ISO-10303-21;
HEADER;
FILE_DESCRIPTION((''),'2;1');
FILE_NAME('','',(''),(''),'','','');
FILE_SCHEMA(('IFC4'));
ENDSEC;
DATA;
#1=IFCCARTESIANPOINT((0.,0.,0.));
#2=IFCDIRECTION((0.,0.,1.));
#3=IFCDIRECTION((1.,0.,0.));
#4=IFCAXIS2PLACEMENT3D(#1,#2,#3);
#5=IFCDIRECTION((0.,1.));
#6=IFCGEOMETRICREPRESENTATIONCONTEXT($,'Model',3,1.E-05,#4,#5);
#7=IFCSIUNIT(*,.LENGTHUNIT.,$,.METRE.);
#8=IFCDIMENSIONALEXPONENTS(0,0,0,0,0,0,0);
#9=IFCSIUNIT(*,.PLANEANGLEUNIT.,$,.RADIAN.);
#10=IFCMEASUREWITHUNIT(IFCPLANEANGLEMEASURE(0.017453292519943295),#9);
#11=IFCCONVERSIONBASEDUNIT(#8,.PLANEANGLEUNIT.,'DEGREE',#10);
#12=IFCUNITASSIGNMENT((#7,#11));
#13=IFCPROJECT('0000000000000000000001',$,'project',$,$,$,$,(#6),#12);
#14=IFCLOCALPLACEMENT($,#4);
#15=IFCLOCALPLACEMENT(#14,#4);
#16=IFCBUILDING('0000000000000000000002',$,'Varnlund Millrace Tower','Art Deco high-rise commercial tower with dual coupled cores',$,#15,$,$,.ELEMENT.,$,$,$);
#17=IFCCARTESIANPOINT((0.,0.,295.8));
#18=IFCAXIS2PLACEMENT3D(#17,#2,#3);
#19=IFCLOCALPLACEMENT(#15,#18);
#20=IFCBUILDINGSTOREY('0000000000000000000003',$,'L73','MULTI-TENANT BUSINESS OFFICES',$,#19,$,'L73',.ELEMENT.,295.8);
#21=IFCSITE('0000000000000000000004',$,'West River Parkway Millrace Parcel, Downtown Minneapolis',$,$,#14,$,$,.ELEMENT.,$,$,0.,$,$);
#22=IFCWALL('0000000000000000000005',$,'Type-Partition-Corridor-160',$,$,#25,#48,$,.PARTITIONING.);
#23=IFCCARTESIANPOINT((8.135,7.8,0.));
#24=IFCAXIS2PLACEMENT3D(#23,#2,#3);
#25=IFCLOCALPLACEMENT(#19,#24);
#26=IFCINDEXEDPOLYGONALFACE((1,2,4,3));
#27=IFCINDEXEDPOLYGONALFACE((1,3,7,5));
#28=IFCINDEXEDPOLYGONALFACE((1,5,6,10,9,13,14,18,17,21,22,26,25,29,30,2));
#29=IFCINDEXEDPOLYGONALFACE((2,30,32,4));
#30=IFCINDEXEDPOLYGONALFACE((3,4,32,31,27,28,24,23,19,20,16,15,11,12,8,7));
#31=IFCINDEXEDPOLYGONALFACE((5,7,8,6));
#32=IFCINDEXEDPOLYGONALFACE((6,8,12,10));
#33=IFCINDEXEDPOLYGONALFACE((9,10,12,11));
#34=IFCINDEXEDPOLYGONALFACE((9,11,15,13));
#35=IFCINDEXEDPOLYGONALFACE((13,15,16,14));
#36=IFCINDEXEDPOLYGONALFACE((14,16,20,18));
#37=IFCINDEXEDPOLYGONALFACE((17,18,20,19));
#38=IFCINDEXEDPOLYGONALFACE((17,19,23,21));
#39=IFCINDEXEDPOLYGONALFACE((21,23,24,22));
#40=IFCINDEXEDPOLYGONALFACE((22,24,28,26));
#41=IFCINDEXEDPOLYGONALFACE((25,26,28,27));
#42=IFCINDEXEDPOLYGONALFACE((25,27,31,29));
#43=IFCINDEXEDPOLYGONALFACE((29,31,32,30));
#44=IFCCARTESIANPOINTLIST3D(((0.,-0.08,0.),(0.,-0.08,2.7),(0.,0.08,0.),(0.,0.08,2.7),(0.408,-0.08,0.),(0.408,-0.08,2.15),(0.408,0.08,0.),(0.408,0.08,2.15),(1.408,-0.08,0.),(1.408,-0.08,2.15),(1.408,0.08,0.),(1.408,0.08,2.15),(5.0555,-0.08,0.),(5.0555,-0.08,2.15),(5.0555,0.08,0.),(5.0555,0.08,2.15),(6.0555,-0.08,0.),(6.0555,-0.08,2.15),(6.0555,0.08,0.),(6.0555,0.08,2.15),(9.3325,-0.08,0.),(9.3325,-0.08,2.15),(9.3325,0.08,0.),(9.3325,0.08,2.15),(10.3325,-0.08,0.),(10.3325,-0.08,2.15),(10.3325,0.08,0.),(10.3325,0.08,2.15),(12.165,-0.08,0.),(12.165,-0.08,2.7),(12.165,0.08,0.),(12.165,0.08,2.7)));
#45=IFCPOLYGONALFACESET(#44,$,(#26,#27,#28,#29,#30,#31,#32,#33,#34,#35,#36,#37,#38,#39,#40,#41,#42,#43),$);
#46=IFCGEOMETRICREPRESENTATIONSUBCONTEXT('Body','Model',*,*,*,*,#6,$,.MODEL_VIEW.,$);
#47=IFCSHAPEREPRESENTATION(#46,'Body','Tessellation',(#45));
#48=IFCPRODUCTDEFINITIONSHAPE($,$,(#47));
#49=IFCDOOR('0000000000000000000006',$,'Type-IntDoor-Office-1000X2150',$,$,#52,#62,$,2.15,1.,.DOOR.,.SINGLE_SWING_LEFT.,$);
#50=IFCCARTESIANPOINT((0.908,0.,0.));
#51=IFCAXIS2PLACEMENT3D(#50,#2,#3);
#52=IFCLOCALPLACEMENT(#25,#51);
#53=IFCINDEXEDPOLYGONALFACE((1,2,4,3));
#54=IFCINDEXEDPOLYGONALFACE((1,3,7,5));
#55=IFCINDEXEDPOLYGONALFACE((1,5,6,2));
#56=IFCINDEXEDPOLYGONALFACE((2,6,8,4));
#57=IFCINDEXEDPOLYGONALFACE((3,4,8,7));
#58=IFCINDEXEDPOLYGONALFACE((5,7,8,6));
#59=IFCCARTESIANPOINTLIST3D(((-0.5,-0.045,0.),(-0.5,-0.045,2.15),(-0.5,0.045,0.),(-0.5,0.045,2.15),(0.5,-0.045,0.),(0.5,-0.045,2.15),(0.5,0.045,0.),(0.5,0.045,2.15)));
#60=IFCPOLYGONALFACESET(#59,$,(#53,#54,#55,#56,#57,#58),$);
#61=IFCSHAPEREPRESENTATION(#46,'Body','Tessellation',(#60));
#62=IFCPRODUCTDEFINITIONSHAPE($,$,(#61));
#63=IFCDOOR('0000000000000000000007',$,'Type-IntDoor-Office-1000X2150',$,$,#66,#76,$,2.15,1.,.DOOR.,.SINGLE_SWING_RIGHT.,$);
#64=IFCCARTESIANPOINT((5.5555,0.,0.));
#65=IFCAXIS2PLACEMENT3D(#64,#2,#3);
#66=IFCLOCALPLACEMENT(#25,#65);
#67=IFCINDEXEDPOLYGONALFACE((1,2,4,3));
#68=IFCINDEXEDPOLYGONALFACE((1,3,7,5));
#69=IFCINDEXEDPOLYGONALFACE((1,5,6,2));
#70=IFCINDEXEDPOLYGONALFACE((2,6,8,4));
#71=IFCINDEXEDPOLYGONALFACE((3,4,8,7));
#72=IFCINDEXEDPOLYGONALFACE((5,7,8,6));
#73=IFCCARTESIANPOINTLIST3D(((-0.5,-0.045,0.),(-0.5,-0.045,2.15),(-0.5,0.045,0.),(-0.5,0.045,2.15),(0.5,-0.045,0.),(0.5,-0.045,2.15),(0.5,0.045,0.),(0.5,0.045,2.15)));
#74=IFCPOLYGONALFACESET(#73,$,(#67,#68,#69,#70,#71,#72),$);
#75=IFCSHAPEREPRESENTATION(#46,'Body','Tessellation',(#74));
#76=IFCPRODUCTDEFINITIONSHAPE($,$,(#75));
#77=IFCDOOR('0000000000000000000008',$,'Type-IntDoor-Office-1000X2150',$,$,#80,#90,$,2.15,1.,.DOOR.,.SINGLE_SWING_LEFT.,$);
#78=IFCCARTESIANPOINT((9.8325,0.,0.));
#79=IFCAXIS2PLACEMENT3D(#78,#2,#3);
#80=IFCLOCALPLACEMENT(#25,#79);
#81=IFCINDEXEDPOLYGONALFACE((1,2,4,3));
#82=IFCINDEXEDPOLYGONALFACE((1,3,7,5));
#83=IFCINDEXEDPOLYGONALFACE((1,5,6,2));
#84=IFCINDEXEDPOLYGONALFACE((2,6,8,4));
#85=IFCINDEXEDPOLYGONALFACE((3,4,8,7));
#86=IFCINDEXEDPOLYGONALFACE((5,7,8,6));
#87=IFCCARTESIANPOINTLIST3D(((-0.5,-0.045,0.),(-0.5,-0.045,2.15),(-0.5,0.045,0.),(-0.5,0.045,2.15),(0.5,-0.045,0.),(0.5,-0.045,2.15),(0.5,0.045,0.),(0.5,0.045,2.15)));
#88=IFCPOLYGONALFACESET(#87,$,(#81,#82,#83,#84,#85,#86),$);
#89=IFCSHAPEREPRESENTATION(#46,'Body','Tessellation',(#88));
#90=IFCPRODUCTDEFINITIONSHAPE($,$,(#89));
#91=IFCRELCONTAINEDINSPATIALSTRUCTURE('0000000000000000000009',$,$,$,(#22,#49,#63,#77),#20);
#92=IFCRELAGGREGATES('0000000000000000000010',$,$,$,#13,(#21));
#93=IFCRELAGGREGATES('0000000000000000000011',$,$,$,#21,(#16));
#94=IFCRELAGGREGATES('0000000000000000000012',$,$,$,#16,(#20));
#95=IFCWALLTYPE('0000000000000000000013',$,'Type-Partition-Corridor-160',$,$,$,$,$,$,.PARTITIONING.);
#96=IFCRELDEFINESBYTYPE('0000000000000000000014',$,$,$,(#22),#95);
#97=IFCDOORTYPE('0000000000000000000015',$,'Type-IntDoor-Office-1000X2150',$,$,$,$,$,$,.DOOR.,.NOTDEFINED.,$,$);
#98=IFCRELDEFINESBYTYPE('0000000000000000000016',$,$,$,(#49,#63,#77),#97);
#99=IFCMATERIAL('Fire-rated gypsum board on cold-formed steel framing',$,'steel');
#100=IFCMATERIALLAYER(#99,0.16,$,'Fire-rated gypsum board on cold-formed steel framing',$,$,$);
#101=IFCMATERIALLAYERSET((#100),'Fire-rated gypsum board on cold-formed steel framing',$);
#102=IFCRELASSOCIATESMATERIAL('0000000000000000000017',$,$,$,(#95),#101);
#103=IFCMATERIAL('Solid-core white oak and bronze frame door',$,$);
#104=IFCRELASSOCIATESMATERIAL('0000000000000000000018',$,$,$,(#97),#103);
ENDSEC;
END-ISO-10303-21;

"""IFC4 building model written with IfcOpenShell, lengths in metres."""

from ifc_helpers import new_model, entity, si_unit, converted_unit, direction, frame, origin_with_axes, origin_2d_with_axis, place, context, subcontext, project, spatial, polyline, rectangle, outline, extrude, material, layer, layer_set, type_object, element, fill, save


model = new_model("IFC4")

# Units and contexts
model_context = context("Model", 3, precision=1e-05, world=origin_with_axes(), true_north=direction((0.0, 1.0)))
body_context = subcontext(model_context, "Body", "Model", "MODEL_VIEW")
ifc_project = project(units=[si_unit("LENGTHUNIT", "METRE"), converted_unit("PLANEANGLEUNIT", "DEGREE", entity("IfcPlaneAngleMeasure", 0.017453292519943295), si_unit("PLANEANGLEUNIT", "RADIAN"), dimensions=[0, 0, 0, 0, 0, 0, 0])], contexts=[model_context])

# Site, building, storey
site_placement = place(None, origin_with_axes())
site = spatial("IfcSite", under=ifc_project, at=site_placement, Name="West River Parkway Millrace Parcel, Downtown Minneapolis", CompositionType="ELEMENT", RefElevation=0.0)
building_placement = place(site_placement, origin_with_axes())
building = spatial("IfcBuilding", under=site, at=building_placement, Name="Varnlund Millrace Tower", Description="Art Deco high-rise commercial tower with dual coupled cores", CompositionType="ELEMENT")
storey_placement = place(building_placement, frame((0.0, 0.0, 295.8), z_axis=(0.0, 0.0, 1.0), x_axis=(1.0, 0.0, 0.0)))
storey = spatial("IfcBuildingStorey", under=building, at=storey_placement, Name="L73", Description="MULTI-TENANT BUSINESS OFFICES", LongName="L73", CompositionType="ELEMENT", Elevation=295.8)

# Wall, openings, doors
ifc_material_1 = material(Name="Fire-rated gypsum board on cold-formed steel framing", Category="steel")
ifc_layer_1 = layer(ifc_material_1, 0.16, Name="Fire-rated gypsum board on cold-formed steel framing")
ifc_layer_set_1 = layer_set([ifc_layer_1], Name="Fire-rated gypsum board on cold-formed steel framing")
wall_type_1 = type_object("IfcWallType", Name="Type-Partition-Corridor-160", PredefinedType="PARTITIONING", material=ifc_layer_set_1)
wall_1_placement = place(storey_placement, frame((8.135, 7.8, 0.0), z_axis=(0.0, 0.0, 1.0), x_axis=(1.0, 0.0, 0.0)))
wall_1 = element("IfcWall", 1, at=wall_1_placement, inside=storey, type_object=wall_type_1, Name="Type-Partition-Corridor-160", PredefinedType="PARTITIONING", context=body_context, shape_type="SweptSolid", body=[
    extrude(outline(polyline([(0.0, -0.08), (12.165, -0.08), (12.165, 0.08), (0.0, 0.08), (0.0, -0.08)])), origin_with_axes(), (0.0, 0.0, 1.0), 2.7),
])
opening_1_placement = place(wall_1_placement, frame((0.908, 0.0, 0.0), z_axis=(0.0, 0.0, 1.0), x_axis=(1.0, 0.0, 0.0)))
opening_1 = element("IfcOpeningElement", 2, at=opening_1_placement, cuts=wall_1, PredefinedType="OPENING", context=body_context, shape_type="SweptSolid", body=[
    extrude(rectangle(XDim=1.0, YDim=0.18, at=origin_2d_with_axis()), origin_with_axes(), (0.0, 0.0, 1.0), 2.15),
])
opening_2_placement = place(wall_1_placement, frame((5.5555, 0.0, 0.0), z_axis=(0.0, 0.0, 1.0), x_axis=(1.0, 0.0, 0.0)))
opening_2 = element("IfcOpeningElement", 3, at=opening_2_placement, cuts=wall_1, PredefinedType="OPENING", context=body_context, shape_type="SweptSolid", body=[
    extrude(rectangle(XDim=1.0, YDim=0.18, at=origin_2d_with_axis()), origin_with_axes(), (0.0, 0.0, 1.0), 2.15),
])
opening_3_placement = place(wall_1_placement, frame((9.8325, 0.0, 0.0), z_axis=(0.0, 0.0, 1.0), x_axis=(1.0, 0.0, 0.0)))
opening_3 = element("IfcOpeningElement", 4, at=opening_3_placement, cuts=wall_1, PredefinedType="OPENING", context=body_context, shape_type="SweptSolid", body=[
    extrude(rectangle(XDim=1.0, YDim=0.18, at=origin_2d_with_axis()), origin_with_axes(), (0.0, 0.0, 1.0), 2.15),
])
ifc_material_2 = material(Name="Solid-core white oak and bronze frame door")
door_type_1 = type_object("IfcDoorType", Name="Type-IntDoor-Office-1000X2150", OperationType="NOTDEFINED", PredefinedType="DOOR", material=ifc_material_2)
door_1_placement = place(wall_1_placement, frame((0.908, 0.0, 0.0), z_axis=(0.0, 0.0, 1.0), x_axis=(1.0, 0.0, 0.0)))
door_1 = element("IfcDoor", 5, at=door_1_placement, inside=storey, type_object=door_type_1, Name="Type-IntDoor-Office-1000X2150", OperationType="SINGLE_SWING_LEFT", OverallHeight=2.15, OverallWidth=1.0, PredefinedType="DOOR", context=body_context, shape_type="SweptSolid", body=[
    extrude(rectangle(XDim=1.0, YDim=0.09, at=origin_2d_with_axis()), origin_with_axes(), (0.0, 0.0, 1.0), 2.15),
])
fill(opening_1, door_1)
door_2_placement = place(wall_1_placement, frame((5.5555, 0.0, 0.0), z_axis=(0.0, 0.0, 1.0), x_axis=(1.0, 0.0, 0.0)))
door_2 = element("IfcDoor", 6, at=door_2_placement, inside=storey, type_object=door_type_1, Name="Type-IntDoor-Office-1000X2150", OperationType="SINGLE_SWING_RIGHT", OverallHeight=2.15, OverallWidth=1.0, PredefinedType="DOOR", context=body_context, shape_type="SweptSolid", body=[
    extrude(rectangle(XDim=1.0, YDim=0.09, at=origin_2d_with_axis()), origin_with_axes(), (0.0, 0.0, 1.0), 2.15),
])
fill(opening_2, door_2)
door_3_placement = place(wall_1_placement, frame((9.8325, 0.0, 0.0), z_axis=(0.0, 0.0, 1.0), x_axis=(1.0, 0.0, 0.0)))
door_3 = element("IfcDoor", 7, at=door_3_placement, inside=storey, type_object=door_type_1, Name="Type-IntDoor-Office-1000X2150", OperationType="SINGLE_SWING_LEFT", OverallHeight=2.15, OverallWidth=1.0, PredefinedType="DOOR", context=body_context, shape_type="SweptSolid", body=[
    extrude(rectangle(XDim=1.0, YDim=0.09, at=origin_2d_with_axis()), origin_with_axes(), (0.0, 0.0, 1.0), 2.15),
])
fill(opening_3, door_3)

save(model, "model.ifc")
